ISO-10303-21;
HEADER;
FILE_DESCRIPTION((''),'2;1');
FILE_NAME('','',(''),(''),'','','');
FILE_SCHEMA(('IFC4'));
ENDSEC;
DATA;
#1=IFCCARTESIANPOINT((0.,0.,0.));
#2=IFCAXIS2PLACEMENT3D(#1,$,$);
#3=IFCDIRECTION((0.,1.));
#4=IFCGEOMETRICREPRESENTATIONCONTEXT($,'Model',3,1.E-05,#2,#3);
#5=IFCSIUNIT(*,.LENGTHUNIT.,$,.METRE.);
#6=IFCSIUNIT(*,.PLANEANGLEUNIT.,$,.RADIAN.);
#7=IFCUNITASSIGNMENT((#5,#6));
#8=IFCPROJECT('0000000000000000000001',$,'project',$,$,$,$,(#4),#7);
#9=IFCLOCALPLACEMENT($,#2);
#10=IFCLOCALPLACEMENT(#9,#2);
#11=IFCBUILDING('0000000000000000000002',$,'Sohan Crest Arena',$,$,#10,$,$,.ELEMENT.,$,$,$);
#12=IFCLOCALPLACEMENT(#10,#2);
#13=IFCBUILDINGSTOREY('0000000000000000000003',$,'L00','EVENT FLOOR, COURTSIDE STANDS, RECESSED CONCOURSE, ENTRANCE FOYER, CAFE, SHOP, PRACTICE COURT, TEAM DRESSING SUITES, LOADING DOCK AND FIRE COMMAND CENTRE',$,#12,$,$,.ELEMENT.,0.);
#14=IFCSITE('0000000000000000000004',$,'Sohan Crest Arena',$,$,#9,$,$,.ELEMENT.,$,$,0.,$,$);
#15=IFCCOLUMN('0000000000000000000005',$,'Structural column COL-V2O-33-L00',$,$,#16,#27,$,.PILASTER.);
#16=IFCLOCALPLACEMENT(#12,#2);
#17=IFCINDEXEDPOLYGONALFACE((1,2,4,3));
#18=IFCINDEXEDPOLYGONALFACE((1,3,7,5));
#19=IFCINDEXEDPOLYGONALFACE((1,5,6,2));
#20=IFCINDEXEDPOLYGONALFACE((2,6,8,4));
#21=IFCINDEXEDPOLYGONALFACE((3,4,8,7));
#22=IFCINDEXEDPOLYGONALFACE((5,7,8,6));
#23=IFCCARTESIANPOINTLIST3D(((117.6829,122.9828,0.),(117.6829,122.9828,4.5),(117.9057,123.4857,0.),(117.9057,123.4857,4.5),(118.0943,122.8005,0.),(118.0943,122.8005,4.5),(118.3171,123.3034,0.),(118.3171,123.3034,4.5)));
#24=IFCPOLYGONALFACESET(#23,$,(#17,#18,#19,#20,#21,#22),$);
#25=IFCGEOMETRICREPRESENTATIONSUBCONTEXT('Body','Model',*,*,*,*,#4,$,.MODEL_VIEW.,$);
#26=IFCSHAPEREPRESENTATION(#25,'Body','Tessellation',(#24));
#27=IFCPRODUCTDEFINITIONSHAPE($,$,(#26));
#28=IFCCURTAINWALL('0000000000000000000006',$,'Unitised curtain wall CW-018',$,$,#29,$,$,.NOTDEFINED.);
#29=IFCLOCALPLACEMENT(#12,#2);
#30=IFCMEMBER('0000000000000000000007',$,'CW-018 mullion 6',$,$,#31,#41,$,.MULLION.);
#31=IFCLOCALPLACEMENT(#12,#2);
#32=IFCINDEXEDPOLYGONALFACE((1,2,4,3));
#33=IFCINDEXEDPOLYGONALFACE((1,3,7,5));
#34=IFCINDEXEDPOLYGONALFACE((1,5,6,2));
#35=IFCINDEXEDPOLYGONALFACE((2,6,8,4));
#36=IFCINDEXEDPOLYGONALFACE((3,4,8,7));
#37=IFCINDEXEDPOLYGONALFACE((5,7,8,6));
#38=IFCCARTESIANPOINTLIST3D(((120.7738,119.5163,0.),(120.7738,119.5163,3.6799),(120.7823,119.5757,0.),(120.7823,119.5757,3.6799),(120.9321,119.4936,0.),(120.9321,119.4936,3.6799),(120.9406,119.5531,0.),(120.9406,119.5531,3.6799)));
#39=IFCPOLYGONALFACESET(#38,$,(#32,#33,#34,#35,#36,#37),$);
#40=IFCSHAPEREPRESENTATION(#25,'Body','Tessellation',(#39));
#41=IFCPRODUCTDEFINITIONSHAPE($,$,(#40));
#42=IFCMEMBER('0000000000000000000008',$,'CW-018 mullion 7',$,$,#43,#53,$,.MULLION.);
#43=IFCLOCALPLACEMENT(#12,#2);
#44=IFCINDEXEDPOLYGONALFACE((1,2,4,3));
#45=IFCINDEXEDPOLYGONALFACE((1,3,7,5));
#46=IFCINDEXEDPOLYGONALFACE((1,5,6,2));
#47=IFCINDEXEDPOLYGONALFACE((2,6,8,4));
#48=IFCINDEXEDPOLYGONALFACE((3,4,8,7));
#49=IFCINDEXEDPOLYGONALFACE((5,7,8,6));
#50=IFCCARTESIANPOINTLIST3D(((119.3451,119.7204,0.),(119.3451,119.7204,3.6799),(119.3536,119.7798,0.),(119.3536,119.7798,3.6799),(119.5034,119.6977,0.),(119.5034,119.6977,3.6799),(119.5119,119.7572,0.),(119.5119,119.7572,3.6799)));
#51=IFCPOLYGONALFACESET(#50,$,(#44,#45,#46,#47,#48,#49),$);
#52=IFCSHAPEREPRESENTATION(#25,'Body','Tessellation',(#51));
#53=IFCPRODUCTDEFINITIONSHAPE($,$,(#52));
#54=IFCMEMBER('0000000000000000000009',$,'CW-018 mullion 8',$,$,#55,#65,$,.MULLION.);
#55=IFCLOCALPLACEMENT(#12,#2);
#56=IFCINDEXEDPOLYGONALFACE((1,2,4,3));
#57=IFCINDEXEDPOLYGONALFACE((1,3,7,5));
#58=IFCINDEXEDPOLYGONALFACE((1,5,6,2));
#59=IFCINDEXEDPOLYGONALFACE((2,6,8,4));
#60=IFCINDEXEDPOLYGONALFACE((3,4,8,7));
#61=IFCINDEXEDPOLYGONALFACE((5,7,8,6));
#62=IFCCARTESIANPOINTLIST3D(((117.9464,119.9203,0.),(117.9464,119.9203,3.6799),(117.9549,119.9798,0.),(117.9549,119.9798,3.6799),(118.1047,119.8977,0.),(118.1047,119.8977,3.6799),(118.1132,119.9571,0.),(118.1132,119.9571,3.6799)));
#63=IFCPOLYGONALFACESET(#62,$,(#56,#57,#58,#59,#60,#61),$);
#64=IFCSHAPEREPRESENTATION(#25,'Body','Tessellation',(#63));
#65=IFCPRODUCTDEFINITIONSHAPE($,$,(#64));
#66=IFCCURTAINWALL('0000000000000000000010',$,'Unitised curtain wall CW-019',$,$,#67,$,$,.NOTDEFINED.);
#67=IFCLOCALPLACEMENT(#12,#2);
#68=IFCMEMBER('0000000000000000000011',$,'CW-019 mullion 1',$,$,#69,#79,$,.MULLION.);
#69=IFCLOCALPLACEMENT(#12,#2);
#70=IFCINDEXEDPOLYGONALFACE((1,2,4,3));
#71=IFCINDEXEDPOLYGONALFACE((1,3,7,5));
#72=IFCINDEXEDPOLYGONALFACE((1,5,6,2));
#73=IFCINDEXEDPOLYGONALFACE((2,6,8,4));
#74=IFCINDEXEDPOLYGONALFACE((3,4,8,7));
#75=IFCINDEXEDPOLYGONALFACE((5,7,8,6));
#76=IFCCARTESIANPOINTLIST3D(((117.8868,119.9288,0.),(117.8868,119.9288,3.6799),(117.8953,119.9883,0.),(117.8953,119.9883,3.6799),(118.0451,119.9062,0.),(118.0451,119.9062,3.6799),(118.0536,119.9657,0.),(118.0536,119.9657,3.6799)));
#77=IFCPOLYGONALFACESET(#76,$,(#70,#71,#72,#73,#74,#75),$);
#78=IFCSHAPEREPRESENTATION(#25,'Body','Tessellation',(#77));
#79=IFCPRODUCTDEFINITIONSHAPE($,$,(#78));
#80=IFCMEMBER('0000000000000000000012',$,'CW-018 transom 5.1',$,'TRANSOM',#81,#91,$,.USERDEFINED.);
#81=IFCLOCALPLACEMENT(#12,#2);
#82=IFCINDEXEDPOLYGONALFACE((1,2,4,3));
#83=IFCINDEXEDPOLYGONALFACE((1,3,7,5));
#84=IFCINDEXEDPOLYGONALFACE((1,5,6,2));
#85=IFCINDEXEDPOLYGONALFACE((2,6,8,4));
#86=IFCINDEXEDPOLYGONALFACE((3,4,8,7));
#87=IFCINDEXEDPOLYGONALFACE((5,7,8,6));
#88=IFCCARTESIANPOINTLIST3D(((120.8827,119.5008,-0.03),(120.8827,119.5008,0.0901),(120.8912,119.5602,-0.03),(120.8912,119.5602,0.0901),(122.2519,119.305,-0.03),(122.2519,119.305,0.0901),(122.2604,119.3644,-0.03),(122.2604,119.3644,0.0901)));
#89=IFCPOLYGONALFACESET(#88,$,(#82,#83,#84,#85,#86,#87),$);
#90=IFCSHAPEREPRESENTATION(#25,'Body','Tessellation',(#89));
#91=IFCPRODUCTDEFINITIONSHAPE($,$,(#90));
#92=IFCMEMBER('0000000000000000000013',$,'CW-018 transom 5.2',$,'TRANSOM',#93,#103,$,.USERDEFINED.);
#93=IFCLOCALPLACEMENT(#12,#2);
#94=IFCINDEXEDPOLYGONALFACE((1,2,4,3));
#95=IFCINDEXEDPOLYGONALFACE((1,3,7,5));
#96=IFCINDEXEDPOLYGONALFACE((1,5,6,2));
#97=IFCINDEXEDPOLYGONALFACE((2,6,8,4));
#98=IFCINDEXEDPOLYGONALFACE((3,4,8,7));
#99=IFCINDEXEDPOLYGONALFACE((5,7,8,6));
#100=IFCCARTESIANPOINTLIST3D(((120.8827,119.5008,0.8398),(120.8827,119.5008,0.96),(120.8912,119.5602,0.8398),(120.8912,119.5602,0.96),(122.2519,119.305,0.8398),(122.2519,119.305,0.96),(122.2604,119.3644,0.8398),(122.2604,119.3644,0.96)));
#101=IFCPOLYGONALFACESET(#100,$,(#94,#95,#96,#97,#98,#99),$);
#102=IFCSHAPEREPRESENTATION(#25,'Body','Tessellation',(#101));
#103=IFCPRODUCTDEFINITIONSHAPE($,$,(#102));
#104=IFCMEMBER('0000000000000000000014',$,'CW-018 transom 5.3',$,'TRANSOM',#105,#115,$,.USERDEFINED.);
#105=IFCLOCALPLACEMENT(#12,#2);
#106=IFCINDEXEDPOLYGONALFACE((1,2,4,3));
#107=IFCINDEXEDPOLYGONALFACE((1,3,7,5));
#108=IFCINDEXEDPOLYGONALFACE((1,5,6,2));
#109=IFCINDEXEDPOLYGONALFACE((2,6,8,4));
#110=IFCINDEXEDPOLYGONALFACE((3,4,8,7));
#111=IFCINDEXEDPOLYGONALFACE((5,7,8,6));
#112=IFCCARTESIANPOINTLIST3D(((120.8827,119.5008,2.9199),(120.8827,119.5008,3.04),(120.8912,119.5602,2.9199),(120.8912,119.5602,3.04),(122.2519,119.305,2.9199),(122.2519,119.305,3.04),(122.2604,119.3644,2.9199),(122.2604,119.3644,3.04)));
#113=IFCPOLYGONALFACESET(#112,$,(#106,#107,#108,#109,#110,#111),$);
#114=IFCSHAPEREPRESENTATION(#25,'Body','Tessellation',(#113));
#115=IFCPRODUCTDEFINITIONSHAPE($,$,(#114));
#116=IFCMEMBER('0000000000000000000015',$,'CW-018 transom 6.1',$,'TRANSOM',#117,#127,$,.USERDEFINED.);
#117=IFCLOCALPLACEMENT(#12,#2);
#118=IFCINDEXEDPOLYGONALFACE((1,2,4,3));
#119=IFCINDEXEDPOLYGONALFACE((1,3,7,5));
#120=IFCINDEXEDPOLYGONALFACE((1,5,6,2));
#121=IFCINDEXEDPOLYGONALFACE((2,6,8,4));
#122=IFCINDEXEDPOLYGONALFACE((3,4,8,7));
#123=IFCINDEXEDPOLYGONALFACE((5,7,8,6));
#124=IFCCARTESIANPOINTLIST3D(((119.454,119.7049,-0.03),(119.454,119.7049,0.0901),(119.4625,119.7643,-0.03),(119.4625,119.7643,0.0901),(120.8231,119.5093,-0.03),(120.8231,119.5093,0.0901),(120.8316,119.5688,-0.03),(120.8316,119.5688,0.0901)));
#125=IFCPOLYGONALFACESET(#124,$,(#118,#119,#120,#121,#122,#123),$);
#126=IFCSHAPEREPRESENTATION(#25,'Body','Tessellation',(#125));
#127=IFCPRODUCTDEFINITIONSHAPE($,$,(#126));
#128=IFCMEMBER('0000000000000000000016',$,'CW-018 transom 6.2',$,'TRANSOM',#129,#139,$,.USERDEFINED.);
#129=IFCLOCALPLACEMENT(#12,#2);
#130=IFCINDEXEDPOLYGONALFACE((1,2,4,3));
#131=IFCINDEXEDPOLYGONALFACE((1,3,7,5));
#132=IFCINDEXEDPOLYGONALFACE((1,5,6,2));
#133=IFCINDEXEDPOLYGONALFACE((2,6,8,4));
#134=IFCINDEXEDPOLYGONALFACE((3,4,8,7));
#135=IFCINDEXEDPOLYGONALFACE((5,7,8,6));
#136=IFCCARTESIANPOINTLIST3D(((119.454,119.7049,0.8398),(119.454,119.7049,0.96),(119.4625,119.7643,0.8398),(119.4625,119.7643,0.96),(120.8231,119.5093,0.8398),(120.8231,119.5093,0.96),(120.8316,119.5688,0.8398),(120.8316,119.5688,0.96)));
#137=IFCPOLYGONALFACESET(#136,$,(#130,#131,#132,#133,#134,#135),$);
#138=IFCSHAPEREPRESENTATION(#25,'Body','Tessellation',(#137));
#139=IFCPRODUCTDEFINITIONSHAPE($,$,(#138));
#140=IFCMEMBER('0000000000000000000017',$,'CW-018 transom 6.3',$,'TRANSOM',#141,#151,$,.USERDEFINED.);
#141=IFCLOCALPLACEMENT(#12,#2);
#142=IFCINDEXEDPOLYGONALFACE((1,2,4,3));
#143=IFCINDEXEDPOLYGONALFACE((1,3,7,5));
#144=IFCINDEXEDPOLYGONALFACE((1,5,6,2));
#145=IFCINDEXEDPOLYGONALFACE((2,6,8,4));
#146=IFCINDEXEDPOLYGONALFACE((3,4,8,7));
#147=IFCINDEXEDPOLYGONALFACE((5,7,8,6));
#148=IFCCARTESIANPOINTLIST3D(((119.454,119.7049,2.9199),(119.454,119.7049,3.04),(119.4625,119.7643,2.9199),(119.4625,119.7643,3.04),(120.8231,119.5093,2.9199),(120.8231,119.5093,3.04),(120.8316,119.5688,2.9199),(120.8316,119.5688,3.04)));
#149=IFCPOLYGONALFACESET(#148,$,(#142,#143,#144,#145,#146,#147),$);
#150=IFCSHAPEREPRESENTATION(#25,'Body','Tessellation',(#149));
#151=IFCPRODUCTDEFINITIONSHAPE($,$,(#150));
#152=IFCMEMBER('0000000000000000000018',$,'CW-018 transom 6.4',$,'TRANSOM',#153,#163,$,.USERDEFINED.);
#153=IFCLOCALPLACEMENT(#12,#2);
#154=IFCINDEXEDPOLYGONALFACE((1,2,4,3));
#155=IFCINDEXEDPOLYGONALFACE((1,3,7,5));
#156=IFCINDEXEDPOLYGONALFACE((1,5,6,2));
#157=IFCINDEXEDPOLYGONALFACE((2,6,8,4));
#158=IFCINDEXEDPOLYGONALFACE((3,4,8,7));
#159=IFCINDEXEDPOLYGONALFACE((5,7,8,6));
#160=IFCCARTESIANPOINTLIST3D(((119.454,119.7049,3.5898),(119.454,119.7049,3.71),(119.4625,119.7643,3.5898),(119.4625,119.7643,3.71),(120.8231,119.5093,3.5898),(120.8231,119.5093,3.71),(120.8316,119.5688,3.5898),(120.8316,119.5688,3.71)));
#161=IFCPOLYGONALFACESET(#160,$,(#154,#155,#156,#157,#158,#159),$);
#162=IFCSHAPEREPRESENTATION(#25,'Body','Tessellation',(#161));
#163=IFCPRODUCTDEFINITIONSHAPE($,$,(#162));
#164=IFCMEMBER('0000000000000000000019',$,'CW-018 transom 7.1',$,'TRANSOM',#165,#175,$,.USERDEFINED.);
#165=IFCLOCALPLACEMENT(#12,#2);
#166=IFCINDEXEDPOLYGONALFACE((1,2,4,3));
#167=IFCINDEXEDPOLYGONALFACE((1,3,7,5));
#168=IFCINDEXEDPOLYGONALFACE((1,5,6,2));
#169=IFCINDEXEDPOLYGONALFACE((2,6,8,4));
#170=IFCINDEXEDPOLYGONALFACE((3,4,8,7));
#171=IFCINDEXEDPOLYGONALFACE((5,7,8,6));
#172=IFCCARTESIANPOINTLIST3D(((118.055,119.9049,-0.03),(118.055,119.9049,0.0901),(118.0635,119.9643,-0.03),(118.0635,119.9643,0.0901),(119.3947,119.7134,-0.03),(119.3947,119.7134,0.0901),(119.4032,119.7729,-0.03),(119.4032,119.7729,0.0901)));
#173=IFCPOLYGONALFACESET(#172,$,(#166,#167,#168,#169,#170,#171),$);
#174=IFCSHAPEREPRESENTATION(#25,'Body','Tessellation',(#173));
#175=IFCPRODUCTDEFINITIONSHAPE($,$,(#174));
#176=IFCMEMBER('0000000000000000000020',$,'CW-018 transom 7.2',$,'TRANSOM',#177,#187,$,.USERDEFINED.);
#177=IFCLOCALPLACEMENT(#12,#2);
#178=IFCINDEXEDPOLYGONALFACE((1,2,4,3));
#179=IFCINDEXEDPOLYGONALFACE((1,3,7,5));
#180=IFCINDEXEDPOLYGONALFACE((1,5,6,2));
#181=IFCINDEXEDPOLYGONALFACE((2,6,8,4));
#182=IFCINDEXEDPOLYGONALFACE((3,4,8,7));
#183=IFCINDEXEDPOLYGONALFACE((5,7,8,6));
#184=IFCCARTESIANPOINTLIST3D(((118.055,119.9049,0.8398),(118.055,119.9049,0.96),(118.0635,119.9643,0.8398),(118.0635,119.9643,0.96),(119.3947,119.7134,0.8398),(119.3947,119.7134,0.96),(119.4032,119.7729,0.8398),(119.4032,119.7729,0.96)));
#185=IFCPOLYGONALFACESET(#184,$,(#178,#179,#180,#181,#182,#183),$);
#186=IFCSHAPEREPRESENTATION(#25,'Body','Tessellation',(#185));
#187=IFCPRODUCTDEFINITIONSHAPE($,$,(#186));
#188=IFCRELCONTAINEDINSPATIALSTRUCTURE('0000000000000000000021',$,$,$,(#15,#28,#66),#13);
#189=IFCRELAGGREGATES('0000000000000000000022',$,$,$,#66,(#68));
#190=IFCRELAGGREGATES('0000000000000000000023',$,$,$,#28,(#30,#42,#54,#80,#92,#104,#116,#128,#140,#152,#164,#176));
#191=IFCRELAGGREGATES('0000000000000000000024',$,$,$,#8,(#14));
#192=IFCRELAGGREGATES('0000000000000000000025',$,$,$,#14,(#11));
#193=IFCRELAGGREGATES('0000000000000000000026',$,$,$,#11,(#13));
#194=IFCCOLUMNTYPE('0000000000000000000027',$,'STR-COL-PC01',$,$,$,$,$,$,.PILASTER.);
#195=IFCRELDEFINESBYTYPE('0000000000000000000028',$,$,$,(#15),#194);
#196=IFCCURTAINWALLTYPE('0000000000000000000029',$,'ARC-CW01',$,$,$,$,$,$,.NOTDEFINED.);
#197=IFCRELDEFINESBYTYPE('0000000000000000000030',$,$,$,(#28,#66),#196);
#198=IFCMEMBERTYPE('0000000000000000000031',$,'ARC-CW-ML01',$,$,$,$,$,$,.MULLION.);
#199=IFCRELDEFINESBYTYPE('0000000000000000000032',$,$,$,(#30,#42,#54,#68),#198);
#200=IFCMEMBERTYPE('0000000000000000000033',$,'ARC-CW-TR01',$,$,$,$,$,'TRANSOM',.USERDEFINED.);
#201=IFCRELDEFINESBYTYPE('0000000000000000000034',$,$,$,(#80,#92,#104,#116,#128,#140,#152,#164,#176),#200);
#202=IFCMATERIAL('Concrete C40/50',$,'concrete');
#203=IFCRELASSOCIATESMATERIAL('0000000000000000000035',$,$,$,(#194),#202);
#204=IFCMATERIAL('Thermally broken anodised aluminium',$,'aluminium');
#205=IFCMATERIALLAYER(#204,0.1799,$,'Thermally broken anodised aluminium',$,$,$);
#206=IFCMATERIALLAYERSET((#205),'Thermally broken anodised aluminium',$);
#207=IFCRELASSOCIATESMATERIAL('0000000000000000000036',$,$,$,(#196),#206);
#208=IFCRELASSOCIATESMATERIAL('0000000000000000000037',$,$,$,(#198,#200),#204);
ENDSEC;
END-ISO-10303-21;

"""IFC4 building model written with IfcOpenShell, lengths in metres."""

from ifc_helpers import new_model, si_unit, direction, frame, origin, origin_2d, place, context, subcontext, project, spatial, rectangle, extrude, material, layer, layer_set, material_profile, profile_set, type_object, element, aggregate, save


model = new_model("IFC4")

# Units and contexts
model_context = context("Model", 3, precision=1e-05, world=origin(), true_north=direction((0.0, 1.0)))
body_context = subcontext(model_context, "Body", "Model", "MODEL_VIEW")
ifc_project = project(units=[si_unit("LENGTHUNIT", "METRE"), si_unit("PLANEANGLEUNIT", "RADIAN")], contexts=[model_context])

# Site, building, storey
site_placement = place(None, origin())
site = spatial("IfcSite", under=ifc_project, at=site_placement, Name="Sohan Crest Arena", CompositionType="ELEMENT", RefElevation=0.0)
building_placement = place(site_placement, origin())
building = spatial("IfcBuilding", under=site, at=building_placement, Name="Sohan Crest Arena", CompositionType="ELEMENT")
storey_placement = place(building_placement, origin())
storey = spatial("IfcBuildingStorey", under=building, at=storey_placement, Name="L00", Description="EVENT FLOOR, COURTSIDE STANDS, RECESSED CONCOURSE, ENTRANCE FOYER, CAFE, SHOP, PRACTICE COURT, TEAM DRESSING SUITES, LOADING DOCK AND FIRE COMMAND CENTRE", CompositionType="ELEMENT", Elevation=0.0)

# Column
ifc_material_1 = material(Name="Concrete C40/50", Category="concrete")
ifc_material_profile_1 = material_profile(ifc_material_1, rectangle(XDim=0.55, YDim=0.45, at=origin_2d()), Name="RC 550x450")
ifc_profile_set_1 = profile_set([ifc_material_profile_1], Name="Concrete C40/50")
column_type = type_object("IfcColumnType", Name="STR-COL-PC01", PredefinedType="PILASTER", material=ifc_profile_set_1)
column_placement = place(storey_placement, frame((118.0, 123.1431, 0.0), z_axis=(0.0, 0.0, 1.0), x_axis=(0.405142, 0.914254, 0.0)))
element("IfcColumn", 1, at=column_placement, inside=storey, type_object=column_type, Name="Structural column COL-V2O-33-L00", PredefinedType="PILASTER", context=body_context, shape_type="SweptSolid", body=[
    extrude(rectangle(XDim=0.55, YDim=0.45, at=origin_2d()), origin(), (0.0, 0.0, 1.0), 4.5),
])

# Curtain wall, members
ifc_material_2 = material(Name="Thermally broken anodised aluminium", Category="aluminium")
ifc_layer_1 = layer(ifc_material_2, 0.1799, Name="Thermally broken anodised aluminium")
ifc_layer_set_1 = layer_set([ifc_layer_1], Name="Thermally broken anodised aluminium")
curtain_wall_type = type_object("IfcCurtainWallType", Name="ARC-CW01", PredefinedType="NOTDEFINED", material=ifc_layer_set_1)
curtain_wall_1_placement = place(storey_placement, origin())
curtain_wall_1 = element("IfcCurtainWall", 2, at=curtain_wall_1_placement, inside=storey, type_object=curtain_wall_type, Name="Unitised curtain wall CW-018", PredefinedType="NOTDEFINED")
ifc_material_profile_2 = material_profile(ifc_material_2, rectangle(XDim=0.0601, YDim=0.1599, at=origin_2d()), Name="ALU-MULL 60x160")
ifc_profile_set_2 = profile_set([ifc_material_profile_2], Name="Thermally broken anodised aluminium")
member_type_1 = type_object("IfcMemberType", Name="ARC-CW-ML01", PredefinedType="MULLION", material=ifc_profile_set_2)
member_1_placement = place(storey_placement, frame((120.8572, 119.5347, 0.0), z_axis=(0.0, 0.0, 1.0), x_axis=(-0.141463, -0.989944, 0.0)))
member_1 = element("IfcMember", 3, at=member_1_placement, type_object=member_type_1, Name="CW-018 mullion 6", PredefinedType="MULLION", context=body_context, shape_type="SweptSolid", body=[
    extrude(rectangle(XDim=0.0601, YDim=0.1599, at=origin_2d()), origin(), (0.0, 0.0, 1.0), 3.6799),
])
member_2_placement = place(storey_placement, frame((119.4285, 119.7388, 0.0), z_axis=(0.0, 0.0, 1.0), x_axis=(-0.141463, -0.989944, 0.0)))
member_2 = element("IfcMember", 4, at=member_2_placement, type_object=member_type_1, Name="CW-018 mullion 7", PredefinedType="MULLION", context=body_context, shape_type="SweptSolid", body=[
    extrude(rectangle(XDim=0.0601, YDim=0.1599, at=origin_2d()), origin(), (0.0, 0.0, 1.0), 3.6799),
])
member_3_placement = place(storey_placement, frame((118.0298, 119.9387, 0.0), z_axis=(0.0, 0.0, 1.0), x_axis=(-0.141463, -0.989944, 0.0)))
member_3 = element("IfcMember", 5, at=member_3_placement, type_object=member_type_1, Name="CW-018 mullion 8", PredefinedType="MULLION", context=body_context, shape_type="SweptSolid", body=[
    extrude(rectangle(XDim=0.0601, YDim=0.1599, at=origin_2d()), origin(), (0.0, 0.0, 1.0), 3.6799),
])

# Curtain wall, member
curtain_wall_2_placement = place(storey_placement, origin())
curtain_wall_2 = element("IfcCurtainWall", 6, at=curtain_wall_2_placement, inside=storey, type_object=curtain_wall_type, Name="Unitised curtain wall CW-019", PredefinedType="NOTDEFINED")
member_4_placement = place(storey_placement, frame((117.9702, 119.9473, 0.0), z_axis=(0.0, 0.0, 1.0), x_axis=(-0.141366, -0.989957, 0.0)))
member_4 = element("IfcMember", 7, at=member_4_placement, type_object=member_type_1, Name="CW-019 mullion 1", PredefinedType="MULLION", context=body_context, shape_type="SweptSolid", body=[
    extrude(rectangle(XDim=0.0601, YDim=0.1599, at=origin_2d()), origin(), (0.0, 0.0, 1.0), 3.6799),
])

# Members
ifc_material_profile_3 = material_profile(ifc_material_2, rectangle(XDim=0.0601, YDim=0.1201, at=origin_2d()), Name="ALU-TRAN 60x120")
ifc_profile_set_3 = profile_set([ifc_material_profile_3], Name="Thermally broken anodised aluminium")
member_type_2 = type_object("IfcMemberType", Name="ARC-CW-TR01", ElementType="TRANSOM", PredefinedType="USERDEFINED", material=ifc_profile_set_3)
member_5_placement = place(storey_placement, frame((122.2561, 119.3347, 0.03), z_axis=(-0.989928, 0.14157, 0.0), x_axis=(-0.14157, -0.989928, 0.0)))
member_5 = element("IfcMember", 8, at=member_5_placement, type_object=member_type_2, Name="CW-018 transom 5.1", ObjectType="TRANSOM", PredefinedType="USERDEFINED", context=body_context, shape_type="SweptSolid", body=[
    extrude(rectangle(XDim=0.0601, YDim=0.1201, at=origin_2d()), origin(), (0.0, 0.0, 1.0), 1.3831),
])
member_6_placement = place(storey_placement, frame((122.2561, 119.3347, 0.8999), z_axis=(-0.989928, 0.14157, 0.0), x_axis=(-0.14157, -0.989928, 0.0)))
member_6 = element("IfcMember", 9, at=member_6_placement, type_object=member_type_2, Name="CW-018 transom 5.2", ObjectType="TRANSOM", PredefinedType="USERDEFINED", context=body_context, shape_type="SweptSolid", body=[
    extrude(rectangle(XDim=0.0601, YDim=0.1201, at=origin_2d()), origin(), (0.0, 0.0, 1.0), 1.3831),
])
member_7_placement = place(storey_placement, frame((122.2561, 119.3347, 2.98), z_axis=(-0.989928, 0.14157, 0.0), x_axis=(-0.14157, -0.989928, 0.0)))
member_7 = element("IfcMember", 10, at=member_7_placement, type_object=member_type_2, Name="CW-018 transom 5.3", ObjectType="TRANSOM", PredefinedType="USERDEFINED", context=body_context, shape_type="SweptSolid", body=[
    extrude(rectangle(XDim=0.0601, YDim=0.1201, at=origin_2d()), origin(), (0.0, 0.0, 1.0), 1.3831),
])
member_8_placement = place(storey_placement, frame((120.8274, 119.5391, 0.03), z_axis=(-0.989953, 0.141397, 0.0), x_axis=(-0.141397, -0.989953, 0.0)))
member_8 = element("IfcMember", 11, at=member_8_placement, type_object=member_type_2, Name="CW-018 transom 6.1", ObjectType="TRANSOM", PredefinedType="USERDEFINED", context=body_context, shape_type="SweptSolid", body=[
    extrude(rectangle(XDim=0.0601, YDim=0.1201, at=origin_2d()), origin(), (0.0, 0.0, 1.0), 1.3831),
])
member_9_placement = place(storey_placement, frame((120.8274, 119.5391, 0.8999), z_axis=(-0.989953, 0.141397, 0.0), x_axis=(-0.141397, -0.989953, 0.0)))
member_9 = element("IfcMember", 12, at=member_9_placement, type_object=member_type_2, Name="CW-018 transom 6.2", ObjectType="TRANSOM", PredefinedType="USERDEFINED", context=body_context, shape_type="SweptSolid", body=[
    extrude(rectangle(XDim=0.0601, YDim=0.1201, at=origin_2d()), origin(), (0.0, 0.0, 1.0), 1.3831),
])
member_10_placement = place(storey_placement, frame((120.8274, 119.5391, 2.98), z_axis=(-0.989953, 0.141397, 0.0), x_axis=(-0.141397, -0.989953, 0.0)))
member_10 = element("IfcMember", 13, at=member_10_placement, type_object=member_type_2, Name="CW-018 transom 6.3", ObjectType="TRANSOM", PredefinedType="USERDEFINED", context=body_context, shape_type="SweptSolid", body=[
    extrude(rectangle(XDim=0.0601, YDim=0.1201, at=origin_2d()), origin(), (0.0, 0.0, 1.0), 1.3831),
])
member_11_placement = place(storey_placement, frame((120.8274, 119.5391, 3.6499), z_axis=(-0.989953, 0.141397, 0.0), x_axis=(-0.141397, -0.989953, 0.0)))
member_11 = element("IfcMember", 14, at=member_11_placement, type_object=member_type_2, Name="CW-018 transom 6.4", ObjectType="TRANSOM", PredefinedType="USERDEFINED", context=body_context, shape_type="SweptSolid", body=[
    extrude(rectangle(XDim=0.0601, YDim=0.1201, at=origin_2d()), origin(), (0.0, 0.0, 1.0), 1.3831),
])
member_12_placement = place(storey_placement, frame((119.3989, 119.7432, 0.03), z_axis=(-0.989946, 0.141447, 0.0), x_axis=(-0.141447, -0.989946, 0.0)))
member_12 = element("IfcMember", 15, at=member_12_placement, type_object=member_type_2, Name="CW-018 transom 7.1", ObjectType="TRANSOM", PredefinedType="USERDEFINED", context=body_context, shape_type="SweptSolid", body=[
    extrude(rectangle(XDim=0.0601, YDim=0.1201, at=origin_2d()), origin(), (0.0, 0.0, 1.0), 1.3533),
])
member_13_placement = place(storey_placement, frame((119.3989, 119.7432, 0.8999), z_axis=(-0.989946, 0.141447, 0.0), x_axis=(-0.141447, -0.989946, 0.0)))
member_13 = element("IfcMember", 16, at=member_13_placement, type_object=member_type_2, Name="CW-018 transom 7.2", ObjectType="TRANSOM", PredefinedType="USERDEFINED", context=body_context, shape_type="SweptSolid", body=[
    extrude(rectangle(XDim=0.0601, YDim=0.1201, at=origin_2d()), origin(), (0.0, 0.0, 1.0), 1.3533),
])
aggregate(curtain_wall_2, [member_4])

aggregate(curtain_wall_1, [member_1, member_2, member_3, member_5, member_6, member_7, member_8, member_9, member_10, member_11, member_12, member_13])

save(model, "model.ifc")
